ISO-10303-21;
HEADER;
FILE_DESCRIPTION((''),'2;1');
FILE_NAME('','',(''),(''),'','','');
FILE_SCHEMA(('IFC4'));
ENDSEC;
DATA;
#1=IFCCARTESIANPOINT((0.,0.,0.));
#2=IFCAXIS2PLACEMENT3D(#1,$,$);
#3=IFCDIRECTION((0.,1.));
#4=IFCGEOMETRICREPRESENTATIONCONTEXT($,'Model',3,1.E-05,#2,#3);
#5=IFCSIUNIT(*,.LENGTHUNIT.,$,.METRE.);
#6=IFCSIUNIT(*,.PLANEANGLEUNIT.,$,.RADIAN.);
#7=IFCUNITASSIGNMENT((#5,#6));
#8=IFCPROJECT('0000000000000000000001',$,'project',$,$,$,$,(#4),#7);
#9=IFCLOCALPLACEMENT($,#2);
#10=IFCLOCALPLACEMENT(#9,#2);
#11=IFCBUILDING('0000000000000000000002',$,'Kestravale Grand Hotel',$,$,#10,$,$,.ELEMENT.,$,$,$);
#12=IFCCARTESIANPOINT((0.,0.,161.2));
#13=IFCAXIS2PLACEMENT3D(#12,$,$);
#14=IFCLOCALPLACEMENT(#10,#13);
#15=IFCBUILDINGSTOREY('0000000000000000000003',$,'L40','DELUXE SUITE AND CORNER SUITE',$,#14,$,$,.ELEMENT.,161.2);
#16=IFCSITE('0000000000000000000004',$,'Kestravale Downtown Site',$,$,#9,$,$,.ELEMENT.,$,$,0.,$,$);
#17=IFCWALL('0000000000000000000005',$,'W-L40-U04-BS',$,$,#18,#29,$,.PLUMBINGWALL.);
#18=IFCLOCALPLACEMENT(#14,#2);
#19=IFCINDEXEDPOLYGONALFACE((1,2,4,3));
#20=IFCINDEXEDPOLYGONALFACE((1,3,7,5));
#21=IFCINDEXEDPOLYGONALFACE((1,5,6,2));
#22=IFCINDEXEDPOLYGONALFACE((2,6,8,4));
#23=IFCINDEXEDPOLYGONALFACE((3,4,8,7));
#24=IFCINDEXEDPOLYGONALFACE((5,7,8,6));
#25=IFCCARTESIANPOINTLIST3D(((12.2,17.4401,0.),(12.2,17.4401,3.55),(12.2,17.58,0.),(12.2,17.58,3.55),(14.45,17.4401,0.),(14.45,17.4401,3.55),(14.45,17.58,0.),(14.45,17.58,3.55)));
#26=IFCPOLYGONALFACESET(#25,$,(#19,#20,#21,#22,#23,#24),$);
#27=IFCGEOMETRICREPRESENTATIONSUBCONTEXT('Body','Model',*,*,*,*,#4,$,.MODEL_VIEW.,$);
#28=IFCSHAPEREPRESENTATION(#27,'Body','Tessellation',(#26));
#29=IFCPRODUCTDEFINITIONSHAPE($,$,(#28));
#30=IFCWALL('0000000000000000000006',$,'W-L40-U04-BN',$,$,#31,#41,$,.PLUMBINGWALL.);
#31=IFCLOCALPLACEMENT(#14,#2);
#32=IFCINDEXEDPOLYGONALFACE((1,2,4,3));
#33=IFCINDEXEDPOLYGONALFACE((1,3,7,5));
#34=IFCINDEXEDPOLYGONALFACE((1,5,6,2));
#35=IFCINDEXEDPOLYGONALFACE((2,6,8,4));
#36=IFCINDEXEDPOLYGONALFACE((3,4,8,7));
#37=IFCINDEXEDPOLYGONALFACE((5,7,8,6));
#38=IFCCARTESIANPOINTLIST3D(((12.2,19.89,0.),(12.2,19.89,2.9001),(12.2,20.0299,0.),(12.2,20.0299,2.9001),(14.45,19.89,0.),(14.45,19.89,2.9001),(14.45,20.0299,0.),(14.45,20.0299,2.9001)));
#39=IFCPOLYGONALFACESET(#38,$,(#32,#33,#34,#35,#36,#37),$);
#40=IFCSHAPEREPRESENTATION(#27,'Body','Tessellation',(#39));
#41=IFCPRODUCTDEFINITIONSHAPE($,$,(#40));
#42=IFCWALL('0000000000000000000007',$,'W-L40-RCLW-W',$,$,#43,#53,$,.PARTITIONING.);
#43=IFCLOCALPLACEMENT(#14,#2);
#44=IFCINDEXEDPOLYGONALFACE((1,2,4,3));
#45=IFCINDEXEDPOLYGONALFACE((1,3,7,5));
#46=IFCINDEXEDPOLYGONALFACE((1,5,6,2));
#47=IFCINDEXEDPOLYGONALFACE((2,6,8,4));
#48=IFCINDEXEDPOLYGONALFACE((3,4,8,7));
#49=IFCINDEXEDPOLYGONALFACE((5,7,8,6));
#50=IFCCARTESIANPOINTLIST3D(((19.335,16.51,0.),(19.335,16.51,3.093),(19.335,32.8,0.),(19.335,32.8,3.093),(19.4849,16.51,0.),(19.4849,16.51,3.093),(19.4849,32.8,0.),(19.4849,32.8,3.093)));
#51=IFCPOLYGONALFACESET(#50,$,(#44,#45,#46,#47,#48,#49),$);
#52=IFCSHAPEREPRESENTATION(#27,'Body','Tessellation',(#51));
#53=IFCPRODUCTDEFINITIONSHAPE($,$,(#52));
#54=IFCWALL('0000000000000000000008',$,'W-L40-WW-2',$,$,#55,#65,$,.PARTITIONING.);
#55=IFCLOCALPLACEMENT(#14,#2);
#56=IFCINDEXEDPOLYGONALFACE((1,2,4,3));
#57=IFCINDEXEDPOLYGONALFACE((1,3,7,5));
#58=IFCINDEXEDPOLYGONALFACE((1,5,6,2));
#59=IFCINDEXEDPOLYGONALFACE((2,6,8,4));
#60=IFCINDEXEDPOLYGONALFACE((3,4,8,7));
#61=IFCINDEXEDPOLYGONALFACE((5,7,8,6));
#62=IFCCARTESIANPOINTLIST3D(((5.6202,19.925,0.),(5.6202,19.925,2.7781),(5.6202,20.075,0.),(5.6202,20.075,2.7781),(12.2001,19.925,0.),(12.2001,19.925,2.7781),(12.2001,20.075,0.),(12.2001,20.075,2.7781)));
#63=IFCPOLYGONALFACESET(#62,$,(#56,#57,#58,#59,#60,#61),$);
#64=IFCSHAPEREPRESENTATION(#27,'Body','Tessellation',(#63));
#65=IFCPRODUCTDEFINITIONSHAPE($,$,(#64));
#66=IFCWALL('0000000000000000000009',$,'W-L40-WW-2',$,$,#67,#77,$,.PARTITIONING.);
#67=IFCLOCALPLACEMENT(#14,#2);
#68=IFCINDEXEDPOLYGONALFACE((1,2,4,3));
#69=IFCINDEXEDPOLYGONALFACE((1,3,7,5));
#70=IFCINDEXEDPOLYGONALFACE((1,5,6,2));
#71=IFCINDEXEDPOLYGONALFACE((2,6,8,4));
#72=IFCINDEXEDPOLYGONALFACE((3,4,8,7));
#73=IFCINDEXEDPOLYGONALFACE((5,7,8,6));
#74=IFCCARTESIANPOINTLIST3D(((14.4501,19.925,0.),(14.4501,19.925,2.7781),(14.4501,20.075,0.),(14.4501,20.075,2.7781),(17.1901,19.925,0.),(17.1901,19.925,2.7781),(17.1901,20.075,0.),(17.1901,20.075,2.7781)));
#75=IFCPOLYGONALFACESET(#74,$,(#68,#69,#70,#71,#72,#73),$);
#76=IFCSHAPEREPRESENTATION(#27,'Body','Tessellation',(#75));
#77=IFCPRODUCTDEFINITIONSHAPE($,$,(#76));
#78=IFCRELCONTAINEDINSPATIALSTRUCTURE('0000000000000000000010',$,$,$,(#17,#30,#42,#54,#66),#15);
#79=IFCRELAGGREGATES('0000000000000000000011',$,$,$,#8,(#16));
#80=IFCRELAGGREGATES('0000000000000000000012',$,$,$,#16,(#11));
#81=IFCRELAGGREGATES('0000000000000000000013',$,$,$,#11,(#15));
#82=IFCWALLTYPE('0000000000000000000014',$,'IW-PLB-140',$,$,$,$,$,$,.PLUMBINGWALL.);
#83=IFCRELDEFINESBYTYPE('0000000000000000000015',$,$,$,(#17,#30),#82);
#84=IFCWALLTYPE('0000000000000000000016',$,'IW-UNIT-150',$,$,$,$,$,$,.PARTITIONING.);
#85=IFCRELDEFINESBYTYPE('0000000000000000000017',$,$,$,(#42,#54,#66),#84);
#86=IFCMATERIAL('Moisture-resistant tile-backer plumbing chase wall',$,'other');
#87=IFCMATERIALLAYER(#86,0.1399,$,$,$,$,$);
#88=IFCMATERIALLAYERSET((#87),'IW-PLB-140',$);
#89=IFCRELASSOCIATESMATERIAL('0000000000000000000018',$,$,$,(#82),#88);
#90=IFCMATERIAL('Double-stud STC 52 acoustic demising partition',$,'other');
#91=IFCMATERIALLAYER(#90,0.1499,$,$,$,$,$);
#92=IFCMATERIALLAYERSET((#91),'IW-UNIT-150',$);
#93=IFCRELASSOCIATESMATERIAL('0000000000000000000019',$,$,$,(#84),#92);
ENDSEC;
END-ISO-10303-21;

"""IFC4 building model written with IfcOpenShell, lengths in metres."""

from ifc_helpers import new_model, si_unit, direction, frame, frame_2d, origin, place, context, subcontext, project, spatial, rectangle, extrude, material, layer, layer_set, type_object, element, save


model = new_model("IFC4")

# Units and contexts
model_context = context("Model", 3, precision=1e-05, world=origin(), true_north=direction((0.0, 1.0)))
body_context = subcontext(model_context, "Body", "Model", "MODEL_VIEW")
ifc_project = project(units=[si_unit("LENGTHUNIT", "METRE"), si_unit("PLANEANGLEUNIT", "RADIAN")], contexts=[model_context])

# Site, building, storey
site_placement = place(None, origin())
site = spatial("IfcSite", under=ifc_project, at=site_placement, Name="Kestravale Downtown Site", CompositionType="ELEMENT", RefElevation=0.0)
building_placement = place(site_placement, origin())
building = spatial("IfcBuilding", under=site, at=building_placement, Name="Kestravale Grand Hotel", CompositionType="ELEMENT")
storey_placement = place(building_placement, frame((0.0, 0.0, 161.2)))
storey = spatial("IfcBuildingStorey", under=building, at=storey_placement, Name="L40", Description="DELUXE SUITE AND CORNER SUITE", CompositionType="ELEMENT", Elevation=161.2)

# Shared definitions
ifc_material_1 = material(Name="Moisture-resistant tile-backer plumbing chase wall", Category="other")
ifc_layer_1 = layer(ifc_material_1, 0.1399)
ifc_layer_set_1 = layer_set([ifc_layer_1], Name="IW-PLB-140")
wall_type_1 = type_object("IfcWallType", Name="IW-PLB-140", PredefinedType="PLUMBINGWALL", material=ifc_layer_set_1)

# Walls
wall_1_placement = place(storey_placement, frame((12.2, 17.51, 0.0), z_axis=(0.0, 0.0, 1.0), x_axis=(1.0, 0.0, 0.0)))
element("IfcWall", 1, at=wall_1_placement, inside=storey, type_object=wall_type_1, Name="W-L40-U04-BS", PredefinedType="PLUMBINGWALL", context=body_context, shape_type="SweptSolid", body=[
    extrude(rectangle(XDim=2.25, YDim=0.1399, at=frame_2d((1.125, 0.0))), origin(), (0.0, 0.0, 1.0), 3.55),
])
wall_2_placement = place(storey_placement, frame((12.2, 19.96, 0.0), z_axis=(0.0, 0.0, 1.0), x_axis=(1.0, 0.0, 0.0)))
element("IfcWall", 2, at=wall_2_placement, inside=storey, type_object=wall_type_1, Name="W-L40-U04-BN", PredefinedType="PLUMBINGWALL", context=body_context, shape_type="SweptSolid", body=[
    extrude(rectangle(XDim=2.25, YDim=0.1399, at=frame_2d((1.125, 0.0))), origin(), (0.0, 0.0, 1.0), 2.9001),
])
ifc_material_2 = material(Name="Double-stud STC 52 acoustic demising partition", Category="other")
ifc_layer_2 = layer(ifc_material_2, 0.1499)
ifc_layer_set_2 = layer_set([ifc_layer_2], Name="IW-UNIT-150")
wall_type_2 = type_object("IfcWallType", Name="IW-UNIT-150", PredefinedType="PARTITIONING", material=ifc_layer_set_2)
wall_3_placement = place(storey_placement, frame((19.4099, 16.51, 0.0), z_axis=(0.0, 0.0, 1.0), x_axis=(0.0, 1.0, 0.0)))
element("IfcWall", 3, at=wall_3_placement, inside=storey, type_object=wall_type_2, Name="W-L40-RCLW-W", PredefinedType="PARTITIONING", context=body_context, shape_type="SweptSolid", body=[
    extrude(rectangle(XDim=16.29, YDim=0.1499, at=frame_2d((8.145, 0.0))), origin(), (0.0, 0.0, 1.0), 3.093),
])
wall_4_placement = place(storey_placement, frame((5.6201, 20.0, 0.0), z_axis=(0.0, 0.0, 1.0), x_axis=(1.0, 0.0, 0.0)))
element("IfcWall", 4, at=wall_4_placement, inside=storey, type_object=wall_type_2, Name="W-L40-WW-2", PredefinedType="PARTITIONING", context=body_context, shape_type="SweptSolid", body=[
    extrude(rectangle(XDim=6.5798, YDim=0.1499, at=frame_2d((3.29, 0.0))), origin(), (0.0, 0.0, 1.0), 2.7781),
])
wall_5_placement = place(storey_placement, frame((14.45, 20.0, 0.0), z_axis=(0.0, 0.0, 1.0), x_axis=(1.0, 0.0, 0.0)))
element("IfcWall", 5, at=wall_5_placement, inside=storey, type_object=wall_type_2, Name="W-L40-WW-2", PredefinedType="PARTITIONING", context=body_context, shape_type="SweptSolid", body=[
    extrude(rectangle(XDim=2.74, YDim=0.1499, at=frame_2d((1.3701, 0.0))), origin(), (0.0, 0.0, 1.0), 2.7781),
])

save(model, "model.ifc")
